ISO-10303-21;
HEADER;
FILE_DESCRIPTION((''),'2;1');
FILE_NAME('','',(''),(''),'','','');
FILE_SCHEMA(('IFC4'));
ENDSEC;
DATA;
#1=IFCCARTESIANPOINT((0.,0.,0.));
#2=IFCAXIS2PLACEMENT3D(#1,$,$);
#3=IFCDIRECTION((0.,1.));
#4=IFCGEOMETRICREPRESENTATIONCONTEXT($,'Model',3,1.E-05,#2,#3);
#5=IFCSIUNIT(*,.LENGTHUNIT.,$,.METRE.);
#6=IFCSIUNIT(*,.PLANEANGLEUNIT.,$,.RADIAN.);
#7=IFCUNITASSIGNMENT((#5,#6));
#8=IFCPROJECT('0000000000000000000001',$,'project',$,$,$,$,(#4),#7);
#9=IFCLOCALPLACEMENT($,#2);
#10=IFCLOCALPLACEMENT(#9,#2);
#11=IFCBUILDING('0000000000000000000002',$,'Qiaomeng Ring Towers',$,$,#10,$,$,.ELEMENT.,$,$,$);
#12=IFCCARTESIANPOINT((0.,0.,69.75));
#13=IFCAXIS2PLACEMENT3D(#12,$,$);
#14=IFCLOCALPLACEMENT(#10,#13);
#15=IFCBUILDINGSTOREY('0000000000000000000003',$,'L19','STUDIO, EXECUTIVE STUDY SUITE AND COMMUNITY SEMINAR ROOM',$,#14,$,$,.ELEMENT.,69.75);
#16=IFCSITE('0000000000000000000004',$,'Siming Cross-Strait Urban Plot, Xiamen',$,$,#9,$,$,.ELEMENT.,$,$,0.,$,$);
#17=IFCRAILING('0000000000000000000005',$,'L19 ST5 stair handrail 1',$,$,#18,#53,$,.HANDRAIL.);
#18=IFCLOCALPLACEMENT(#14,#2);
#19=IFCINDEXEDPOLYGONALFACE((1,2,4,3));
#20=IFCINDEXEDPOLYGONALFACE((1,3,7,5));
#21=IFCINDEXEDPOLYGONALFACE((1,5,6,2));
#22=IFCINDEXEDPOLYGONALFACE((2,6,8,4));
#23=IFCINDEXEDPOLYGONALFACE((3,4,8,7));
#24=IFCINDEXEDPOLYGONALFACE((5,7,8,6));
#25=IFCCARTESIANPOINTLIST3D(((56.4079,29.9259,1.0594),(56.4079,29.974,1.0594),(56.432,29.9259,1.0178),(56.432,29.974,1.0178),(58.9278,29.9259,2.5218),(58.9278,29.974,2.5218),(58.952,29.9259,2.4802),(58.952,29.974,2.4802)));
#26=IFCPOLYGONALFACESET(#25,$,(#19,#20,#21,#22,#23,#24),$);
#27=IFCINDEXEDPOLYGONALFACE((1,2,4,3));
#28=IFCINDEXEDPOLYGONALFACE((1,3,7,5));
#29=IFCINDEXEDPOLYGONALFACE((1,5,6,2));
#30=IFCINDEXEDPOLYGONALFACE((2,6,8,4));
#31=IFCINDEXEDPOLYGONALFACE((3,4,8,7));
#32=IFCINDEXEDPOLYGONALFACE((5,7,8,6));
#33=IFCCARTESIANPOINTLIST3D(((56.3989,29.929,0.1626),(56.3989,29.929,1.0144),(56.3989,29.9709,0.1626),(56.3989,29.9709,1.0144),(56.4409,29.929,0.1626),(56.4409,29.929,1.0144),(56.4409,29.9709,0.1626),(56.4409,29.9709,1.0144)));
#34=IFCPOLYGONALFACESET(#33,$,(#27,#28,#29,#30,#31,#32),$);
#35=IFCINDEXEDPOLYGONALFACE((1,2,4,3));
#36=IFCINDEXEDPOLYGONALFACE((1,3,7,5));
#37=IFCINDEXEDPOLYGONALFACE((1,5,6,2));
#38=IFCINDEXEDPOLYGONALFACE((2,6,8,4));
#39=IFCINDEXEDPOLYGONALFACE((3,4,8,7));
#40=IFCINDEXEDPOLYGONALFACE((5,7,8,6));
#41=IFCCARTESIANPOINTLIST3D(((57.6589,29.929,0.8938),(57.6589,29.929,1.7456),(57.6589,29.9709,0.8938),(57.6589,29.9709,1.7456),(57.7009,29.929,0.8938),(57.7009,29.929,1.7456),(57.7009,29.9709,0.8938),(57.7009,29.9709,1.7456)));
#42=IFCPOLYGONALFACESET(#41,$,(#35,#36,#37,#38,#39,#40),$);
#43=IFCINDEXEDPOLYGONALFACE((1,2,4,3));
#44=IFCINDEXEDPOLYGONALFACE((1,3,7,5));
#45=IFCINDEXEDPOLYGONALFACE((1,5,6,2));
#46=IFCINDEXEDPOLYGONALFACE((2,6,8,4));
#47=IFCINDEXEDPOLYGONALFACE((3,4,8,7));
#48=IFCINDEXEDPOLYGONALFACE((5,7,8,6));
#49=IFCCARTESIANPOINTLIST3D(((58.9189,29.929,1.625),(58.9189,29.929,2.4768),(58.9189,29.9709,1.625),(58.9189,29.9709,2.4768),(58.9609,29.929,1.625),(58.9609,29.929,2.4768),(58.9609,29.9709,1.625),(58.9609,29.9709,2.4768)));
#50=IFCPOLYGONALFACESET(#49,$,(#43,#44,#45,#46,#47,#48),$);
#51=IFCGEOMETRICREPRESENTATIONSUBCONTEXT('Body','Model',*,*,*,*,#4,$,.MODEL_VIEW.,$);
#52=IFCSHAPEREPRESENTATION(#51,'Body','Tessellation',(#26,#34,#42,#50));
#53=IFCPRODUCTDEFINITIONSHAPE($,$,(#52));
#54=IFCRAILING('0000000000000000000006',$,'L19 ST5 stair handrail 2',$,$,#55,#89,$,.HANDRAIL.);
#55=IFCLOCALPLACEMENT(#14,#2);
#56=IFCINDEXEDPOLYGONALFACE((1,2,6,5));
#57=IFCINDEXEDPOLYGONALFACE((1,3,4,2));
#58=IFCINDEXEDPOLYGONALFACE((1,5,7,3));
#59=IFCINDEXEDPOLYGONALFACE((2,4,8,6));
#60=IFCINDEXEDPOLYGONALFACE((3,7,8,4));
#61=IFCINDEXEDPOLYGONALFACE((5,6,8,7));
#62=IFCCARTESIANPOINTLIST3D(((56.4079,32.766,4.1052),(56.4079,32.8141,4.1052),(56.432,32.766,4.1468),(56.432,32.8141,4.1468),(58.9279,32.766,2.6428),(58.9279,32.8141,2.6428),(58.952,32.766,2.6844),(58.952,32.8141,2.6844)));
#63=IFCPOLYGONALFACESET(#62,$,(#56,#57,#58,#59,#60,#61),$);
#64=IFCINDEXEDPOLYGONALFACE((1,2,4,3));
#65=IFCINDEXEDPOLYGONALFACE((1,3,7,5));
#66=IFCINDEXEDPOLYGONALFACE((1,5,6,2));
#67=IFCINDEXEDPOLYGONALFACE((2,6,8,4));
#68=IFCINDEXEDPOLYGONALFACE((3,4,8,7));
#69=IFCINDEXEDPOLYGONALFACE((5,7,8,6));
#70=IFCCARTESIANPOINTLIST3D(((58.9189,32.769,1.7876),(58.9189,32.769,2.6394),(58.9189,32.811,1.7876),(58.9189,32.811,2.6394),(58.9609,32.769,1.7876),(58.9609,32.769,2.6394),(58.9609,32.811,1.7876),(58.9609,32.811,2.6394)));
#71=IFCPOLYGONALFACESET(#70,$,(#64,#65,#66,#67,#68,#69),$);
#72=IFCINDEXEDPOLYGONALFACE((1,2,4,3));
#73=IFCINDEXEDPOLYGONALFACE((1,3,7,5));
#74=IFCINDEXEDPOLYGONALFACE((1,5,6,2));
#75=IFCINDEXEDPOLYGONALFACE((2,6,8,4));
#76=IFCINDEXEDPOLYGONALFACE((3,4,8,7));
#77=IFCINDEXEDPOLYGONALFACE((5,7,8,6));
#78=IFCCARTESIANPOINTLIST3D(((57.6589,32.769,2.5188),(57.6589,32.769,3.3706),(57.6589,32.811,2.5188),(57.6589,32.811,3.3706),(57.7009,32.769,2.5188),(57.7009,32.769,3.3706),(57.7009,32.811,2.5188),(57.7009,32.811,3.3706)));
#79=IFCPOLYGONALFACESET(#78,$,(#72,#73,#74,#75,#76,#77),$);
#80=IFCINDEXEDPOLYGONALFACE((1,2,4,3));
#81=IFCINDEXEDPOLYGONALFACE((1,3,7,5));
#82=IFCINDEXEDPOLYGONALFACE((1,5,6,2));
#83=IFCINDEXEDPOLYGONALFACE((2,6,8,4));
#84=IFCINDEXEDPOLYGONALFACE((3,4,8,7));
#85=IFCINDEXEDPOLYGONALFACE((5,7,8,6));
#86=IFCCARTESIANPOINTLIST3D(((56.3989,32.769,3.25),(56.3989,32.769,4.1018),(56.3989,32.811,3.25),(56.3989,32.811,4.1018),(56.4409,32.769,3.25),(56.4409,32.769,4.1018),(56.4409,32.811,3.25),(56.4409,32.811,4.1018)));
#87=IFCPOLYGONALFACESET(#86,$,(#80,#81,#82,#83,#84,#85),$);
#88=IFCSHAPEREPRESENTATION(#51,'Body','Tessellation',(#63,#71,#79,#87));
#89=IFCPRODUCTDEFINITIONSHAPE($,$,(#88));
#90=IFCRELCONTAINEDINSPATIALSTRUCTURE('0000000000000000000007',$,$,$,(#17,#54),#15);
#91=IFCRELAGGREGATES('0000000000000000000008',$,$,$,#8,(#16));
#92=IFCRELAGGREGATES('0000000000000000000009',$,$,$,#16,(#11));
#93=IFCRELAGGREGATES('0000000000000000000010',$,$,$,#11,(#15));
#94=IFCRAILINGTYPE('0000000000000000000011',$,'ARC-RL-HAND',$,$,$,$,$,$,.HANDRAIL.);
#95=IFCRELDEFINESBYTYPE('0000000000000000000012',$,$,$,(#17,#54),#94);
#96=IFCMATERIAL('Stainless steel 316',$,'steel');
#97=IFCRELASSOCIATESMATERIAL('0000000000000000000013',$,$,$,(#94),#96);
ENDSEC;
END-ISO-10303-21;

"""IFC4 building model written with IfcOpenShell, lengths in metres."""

from ifc_helpers import new_model, si_unit, direction, frame, origin, origin_2d, place, context, subcontext, project, spatial, rectangle, extrude, material, type_object, element, save


model = new_model("IFC4")

# Units and contexts
model_context = context("Model", 3, precision=1e-05, world=origin(), true_north=direction((0.0, 1.0)))
body_context = subcontext(model_context, "Body", "Model", "MODEL_VIEW")
ifc_project = project(units=[si_unit("LENGTHUNIT", "METRE"), si_unit("PLANEANGLEUNIT", "RADIAN")], contexts=[model_context])

# Site, building, storey
site_placement = place(None, origin())
site = spatial("IfcSite", under=ifc_project, at=site_placement, Name="Siming Cross-Strait Urban Plot, Xiamen", CompositionType="ELEMENT", RefElevation=0.0)
building_placement = place(site_placement, origin())
building = spatial("IfcBuilding", under=site, at=building_placement, Name="Qiaomeng Ring Towers", CompositionType="ELEMENT")
storey_placement = place(building_placement, frame((0.0, 0.0, 69.75)))
storey = spatial("IfcBuildingStorey", under=building, at=storey_placement, Name="L19", Description="STUDIO, EXECUTIVE STUDY SUITE AND COMMUNITY SEMINAR ROOM", CompositionType="ELEMENT", Elevation=69.75)

# Railings
ifc_material_1 = material(Name="Stainless steel 316", Category="steel")
railing_type_1 = type_object("IfcRailingType", Name="ARC-RL-HAND", PredefinedType="HANDRAIL", material=ifc_material_1)
railing_1_placement = place(storey_placement, frame((56.4199, 29.95, 0.1626)))
element("IfcRailing", 1, at=railing_1_placement, inside=storey, type_object=railing_type_1, Name="L19 ST5 stair handrail 1", PredefinedType="HANDRAIL", context=body_context, shape_type="SweptSolid", body=[
    extrude(rectangle(XDim=0.0481, YDim=0.0481, at=origin_2d()), frame((0.0, 0.0, 0.876), z_axis=(0.864913, 0.0, 0.501921), x_axis=(0.0, 1.0, 0.0)), (0.0, 0.0, 1.0), 2.9136),
    extrude(rectangle(XDim=0.042, YDim=0.042, at=origin_2d()), origin(), (0.0, 0.0, 1.0), 0.8518),
    extrude(rectangle(XDim=0.042, YDim=0.042, at=origin_2d()), frame((1.26, 0.0, 0.7312)), (0.0, 0.0, 1.0), 0.8518),
    extrude(rectangle(XDim=0.042, YDim=0.042, at=origin_2d()), frame((2.52, 0.0, 1.4624)), (0.0, 0.0, 1.0), 0.8518),
])
railing_2_placement = place(storey_placement, frame((58.9399, 32.79, 1.7876)))
element("IfcRailing", 2, at=railing_2_placement, inside=storey, type_object=railing_type_1, Name="L19 ST5 stair handrail 2", PredefinedType="HANDRAIL", context=body_context, shape_type="SweptSolid", body=[
    extrude(rectangle(XDim=0.0481, YDim=0.0481, at=origin_2d()), frame((0.0, 0.0, 0.876), z_axis=(-0.864913, 0.0, 0.501921), x_axis=(0.0, -1.0, 0.0)), (0.0, 0.0, 1.0), 2.9136),
    extrude(rectangle(XDim=0.042, YDim=0.042, at=origin_2d()), origin(), (0.0, 0.0, 1.0), 0.8518),
    extrude(rectangle(XDim=0.042, YDim=0.042, at=origin_2d()), frame((-1.26, 0.0, 0.7312)), (0.0, 0.0, 1.0), 0.8518),
    extrude(rectangle(XDim=0.042, YDim=0.042, at=origin_2d()), frame((-2.52, 0.0, 1.4624)), (0.0, 0.0, 1.0), 0.8518),
])

save(model, "model.ifc")
